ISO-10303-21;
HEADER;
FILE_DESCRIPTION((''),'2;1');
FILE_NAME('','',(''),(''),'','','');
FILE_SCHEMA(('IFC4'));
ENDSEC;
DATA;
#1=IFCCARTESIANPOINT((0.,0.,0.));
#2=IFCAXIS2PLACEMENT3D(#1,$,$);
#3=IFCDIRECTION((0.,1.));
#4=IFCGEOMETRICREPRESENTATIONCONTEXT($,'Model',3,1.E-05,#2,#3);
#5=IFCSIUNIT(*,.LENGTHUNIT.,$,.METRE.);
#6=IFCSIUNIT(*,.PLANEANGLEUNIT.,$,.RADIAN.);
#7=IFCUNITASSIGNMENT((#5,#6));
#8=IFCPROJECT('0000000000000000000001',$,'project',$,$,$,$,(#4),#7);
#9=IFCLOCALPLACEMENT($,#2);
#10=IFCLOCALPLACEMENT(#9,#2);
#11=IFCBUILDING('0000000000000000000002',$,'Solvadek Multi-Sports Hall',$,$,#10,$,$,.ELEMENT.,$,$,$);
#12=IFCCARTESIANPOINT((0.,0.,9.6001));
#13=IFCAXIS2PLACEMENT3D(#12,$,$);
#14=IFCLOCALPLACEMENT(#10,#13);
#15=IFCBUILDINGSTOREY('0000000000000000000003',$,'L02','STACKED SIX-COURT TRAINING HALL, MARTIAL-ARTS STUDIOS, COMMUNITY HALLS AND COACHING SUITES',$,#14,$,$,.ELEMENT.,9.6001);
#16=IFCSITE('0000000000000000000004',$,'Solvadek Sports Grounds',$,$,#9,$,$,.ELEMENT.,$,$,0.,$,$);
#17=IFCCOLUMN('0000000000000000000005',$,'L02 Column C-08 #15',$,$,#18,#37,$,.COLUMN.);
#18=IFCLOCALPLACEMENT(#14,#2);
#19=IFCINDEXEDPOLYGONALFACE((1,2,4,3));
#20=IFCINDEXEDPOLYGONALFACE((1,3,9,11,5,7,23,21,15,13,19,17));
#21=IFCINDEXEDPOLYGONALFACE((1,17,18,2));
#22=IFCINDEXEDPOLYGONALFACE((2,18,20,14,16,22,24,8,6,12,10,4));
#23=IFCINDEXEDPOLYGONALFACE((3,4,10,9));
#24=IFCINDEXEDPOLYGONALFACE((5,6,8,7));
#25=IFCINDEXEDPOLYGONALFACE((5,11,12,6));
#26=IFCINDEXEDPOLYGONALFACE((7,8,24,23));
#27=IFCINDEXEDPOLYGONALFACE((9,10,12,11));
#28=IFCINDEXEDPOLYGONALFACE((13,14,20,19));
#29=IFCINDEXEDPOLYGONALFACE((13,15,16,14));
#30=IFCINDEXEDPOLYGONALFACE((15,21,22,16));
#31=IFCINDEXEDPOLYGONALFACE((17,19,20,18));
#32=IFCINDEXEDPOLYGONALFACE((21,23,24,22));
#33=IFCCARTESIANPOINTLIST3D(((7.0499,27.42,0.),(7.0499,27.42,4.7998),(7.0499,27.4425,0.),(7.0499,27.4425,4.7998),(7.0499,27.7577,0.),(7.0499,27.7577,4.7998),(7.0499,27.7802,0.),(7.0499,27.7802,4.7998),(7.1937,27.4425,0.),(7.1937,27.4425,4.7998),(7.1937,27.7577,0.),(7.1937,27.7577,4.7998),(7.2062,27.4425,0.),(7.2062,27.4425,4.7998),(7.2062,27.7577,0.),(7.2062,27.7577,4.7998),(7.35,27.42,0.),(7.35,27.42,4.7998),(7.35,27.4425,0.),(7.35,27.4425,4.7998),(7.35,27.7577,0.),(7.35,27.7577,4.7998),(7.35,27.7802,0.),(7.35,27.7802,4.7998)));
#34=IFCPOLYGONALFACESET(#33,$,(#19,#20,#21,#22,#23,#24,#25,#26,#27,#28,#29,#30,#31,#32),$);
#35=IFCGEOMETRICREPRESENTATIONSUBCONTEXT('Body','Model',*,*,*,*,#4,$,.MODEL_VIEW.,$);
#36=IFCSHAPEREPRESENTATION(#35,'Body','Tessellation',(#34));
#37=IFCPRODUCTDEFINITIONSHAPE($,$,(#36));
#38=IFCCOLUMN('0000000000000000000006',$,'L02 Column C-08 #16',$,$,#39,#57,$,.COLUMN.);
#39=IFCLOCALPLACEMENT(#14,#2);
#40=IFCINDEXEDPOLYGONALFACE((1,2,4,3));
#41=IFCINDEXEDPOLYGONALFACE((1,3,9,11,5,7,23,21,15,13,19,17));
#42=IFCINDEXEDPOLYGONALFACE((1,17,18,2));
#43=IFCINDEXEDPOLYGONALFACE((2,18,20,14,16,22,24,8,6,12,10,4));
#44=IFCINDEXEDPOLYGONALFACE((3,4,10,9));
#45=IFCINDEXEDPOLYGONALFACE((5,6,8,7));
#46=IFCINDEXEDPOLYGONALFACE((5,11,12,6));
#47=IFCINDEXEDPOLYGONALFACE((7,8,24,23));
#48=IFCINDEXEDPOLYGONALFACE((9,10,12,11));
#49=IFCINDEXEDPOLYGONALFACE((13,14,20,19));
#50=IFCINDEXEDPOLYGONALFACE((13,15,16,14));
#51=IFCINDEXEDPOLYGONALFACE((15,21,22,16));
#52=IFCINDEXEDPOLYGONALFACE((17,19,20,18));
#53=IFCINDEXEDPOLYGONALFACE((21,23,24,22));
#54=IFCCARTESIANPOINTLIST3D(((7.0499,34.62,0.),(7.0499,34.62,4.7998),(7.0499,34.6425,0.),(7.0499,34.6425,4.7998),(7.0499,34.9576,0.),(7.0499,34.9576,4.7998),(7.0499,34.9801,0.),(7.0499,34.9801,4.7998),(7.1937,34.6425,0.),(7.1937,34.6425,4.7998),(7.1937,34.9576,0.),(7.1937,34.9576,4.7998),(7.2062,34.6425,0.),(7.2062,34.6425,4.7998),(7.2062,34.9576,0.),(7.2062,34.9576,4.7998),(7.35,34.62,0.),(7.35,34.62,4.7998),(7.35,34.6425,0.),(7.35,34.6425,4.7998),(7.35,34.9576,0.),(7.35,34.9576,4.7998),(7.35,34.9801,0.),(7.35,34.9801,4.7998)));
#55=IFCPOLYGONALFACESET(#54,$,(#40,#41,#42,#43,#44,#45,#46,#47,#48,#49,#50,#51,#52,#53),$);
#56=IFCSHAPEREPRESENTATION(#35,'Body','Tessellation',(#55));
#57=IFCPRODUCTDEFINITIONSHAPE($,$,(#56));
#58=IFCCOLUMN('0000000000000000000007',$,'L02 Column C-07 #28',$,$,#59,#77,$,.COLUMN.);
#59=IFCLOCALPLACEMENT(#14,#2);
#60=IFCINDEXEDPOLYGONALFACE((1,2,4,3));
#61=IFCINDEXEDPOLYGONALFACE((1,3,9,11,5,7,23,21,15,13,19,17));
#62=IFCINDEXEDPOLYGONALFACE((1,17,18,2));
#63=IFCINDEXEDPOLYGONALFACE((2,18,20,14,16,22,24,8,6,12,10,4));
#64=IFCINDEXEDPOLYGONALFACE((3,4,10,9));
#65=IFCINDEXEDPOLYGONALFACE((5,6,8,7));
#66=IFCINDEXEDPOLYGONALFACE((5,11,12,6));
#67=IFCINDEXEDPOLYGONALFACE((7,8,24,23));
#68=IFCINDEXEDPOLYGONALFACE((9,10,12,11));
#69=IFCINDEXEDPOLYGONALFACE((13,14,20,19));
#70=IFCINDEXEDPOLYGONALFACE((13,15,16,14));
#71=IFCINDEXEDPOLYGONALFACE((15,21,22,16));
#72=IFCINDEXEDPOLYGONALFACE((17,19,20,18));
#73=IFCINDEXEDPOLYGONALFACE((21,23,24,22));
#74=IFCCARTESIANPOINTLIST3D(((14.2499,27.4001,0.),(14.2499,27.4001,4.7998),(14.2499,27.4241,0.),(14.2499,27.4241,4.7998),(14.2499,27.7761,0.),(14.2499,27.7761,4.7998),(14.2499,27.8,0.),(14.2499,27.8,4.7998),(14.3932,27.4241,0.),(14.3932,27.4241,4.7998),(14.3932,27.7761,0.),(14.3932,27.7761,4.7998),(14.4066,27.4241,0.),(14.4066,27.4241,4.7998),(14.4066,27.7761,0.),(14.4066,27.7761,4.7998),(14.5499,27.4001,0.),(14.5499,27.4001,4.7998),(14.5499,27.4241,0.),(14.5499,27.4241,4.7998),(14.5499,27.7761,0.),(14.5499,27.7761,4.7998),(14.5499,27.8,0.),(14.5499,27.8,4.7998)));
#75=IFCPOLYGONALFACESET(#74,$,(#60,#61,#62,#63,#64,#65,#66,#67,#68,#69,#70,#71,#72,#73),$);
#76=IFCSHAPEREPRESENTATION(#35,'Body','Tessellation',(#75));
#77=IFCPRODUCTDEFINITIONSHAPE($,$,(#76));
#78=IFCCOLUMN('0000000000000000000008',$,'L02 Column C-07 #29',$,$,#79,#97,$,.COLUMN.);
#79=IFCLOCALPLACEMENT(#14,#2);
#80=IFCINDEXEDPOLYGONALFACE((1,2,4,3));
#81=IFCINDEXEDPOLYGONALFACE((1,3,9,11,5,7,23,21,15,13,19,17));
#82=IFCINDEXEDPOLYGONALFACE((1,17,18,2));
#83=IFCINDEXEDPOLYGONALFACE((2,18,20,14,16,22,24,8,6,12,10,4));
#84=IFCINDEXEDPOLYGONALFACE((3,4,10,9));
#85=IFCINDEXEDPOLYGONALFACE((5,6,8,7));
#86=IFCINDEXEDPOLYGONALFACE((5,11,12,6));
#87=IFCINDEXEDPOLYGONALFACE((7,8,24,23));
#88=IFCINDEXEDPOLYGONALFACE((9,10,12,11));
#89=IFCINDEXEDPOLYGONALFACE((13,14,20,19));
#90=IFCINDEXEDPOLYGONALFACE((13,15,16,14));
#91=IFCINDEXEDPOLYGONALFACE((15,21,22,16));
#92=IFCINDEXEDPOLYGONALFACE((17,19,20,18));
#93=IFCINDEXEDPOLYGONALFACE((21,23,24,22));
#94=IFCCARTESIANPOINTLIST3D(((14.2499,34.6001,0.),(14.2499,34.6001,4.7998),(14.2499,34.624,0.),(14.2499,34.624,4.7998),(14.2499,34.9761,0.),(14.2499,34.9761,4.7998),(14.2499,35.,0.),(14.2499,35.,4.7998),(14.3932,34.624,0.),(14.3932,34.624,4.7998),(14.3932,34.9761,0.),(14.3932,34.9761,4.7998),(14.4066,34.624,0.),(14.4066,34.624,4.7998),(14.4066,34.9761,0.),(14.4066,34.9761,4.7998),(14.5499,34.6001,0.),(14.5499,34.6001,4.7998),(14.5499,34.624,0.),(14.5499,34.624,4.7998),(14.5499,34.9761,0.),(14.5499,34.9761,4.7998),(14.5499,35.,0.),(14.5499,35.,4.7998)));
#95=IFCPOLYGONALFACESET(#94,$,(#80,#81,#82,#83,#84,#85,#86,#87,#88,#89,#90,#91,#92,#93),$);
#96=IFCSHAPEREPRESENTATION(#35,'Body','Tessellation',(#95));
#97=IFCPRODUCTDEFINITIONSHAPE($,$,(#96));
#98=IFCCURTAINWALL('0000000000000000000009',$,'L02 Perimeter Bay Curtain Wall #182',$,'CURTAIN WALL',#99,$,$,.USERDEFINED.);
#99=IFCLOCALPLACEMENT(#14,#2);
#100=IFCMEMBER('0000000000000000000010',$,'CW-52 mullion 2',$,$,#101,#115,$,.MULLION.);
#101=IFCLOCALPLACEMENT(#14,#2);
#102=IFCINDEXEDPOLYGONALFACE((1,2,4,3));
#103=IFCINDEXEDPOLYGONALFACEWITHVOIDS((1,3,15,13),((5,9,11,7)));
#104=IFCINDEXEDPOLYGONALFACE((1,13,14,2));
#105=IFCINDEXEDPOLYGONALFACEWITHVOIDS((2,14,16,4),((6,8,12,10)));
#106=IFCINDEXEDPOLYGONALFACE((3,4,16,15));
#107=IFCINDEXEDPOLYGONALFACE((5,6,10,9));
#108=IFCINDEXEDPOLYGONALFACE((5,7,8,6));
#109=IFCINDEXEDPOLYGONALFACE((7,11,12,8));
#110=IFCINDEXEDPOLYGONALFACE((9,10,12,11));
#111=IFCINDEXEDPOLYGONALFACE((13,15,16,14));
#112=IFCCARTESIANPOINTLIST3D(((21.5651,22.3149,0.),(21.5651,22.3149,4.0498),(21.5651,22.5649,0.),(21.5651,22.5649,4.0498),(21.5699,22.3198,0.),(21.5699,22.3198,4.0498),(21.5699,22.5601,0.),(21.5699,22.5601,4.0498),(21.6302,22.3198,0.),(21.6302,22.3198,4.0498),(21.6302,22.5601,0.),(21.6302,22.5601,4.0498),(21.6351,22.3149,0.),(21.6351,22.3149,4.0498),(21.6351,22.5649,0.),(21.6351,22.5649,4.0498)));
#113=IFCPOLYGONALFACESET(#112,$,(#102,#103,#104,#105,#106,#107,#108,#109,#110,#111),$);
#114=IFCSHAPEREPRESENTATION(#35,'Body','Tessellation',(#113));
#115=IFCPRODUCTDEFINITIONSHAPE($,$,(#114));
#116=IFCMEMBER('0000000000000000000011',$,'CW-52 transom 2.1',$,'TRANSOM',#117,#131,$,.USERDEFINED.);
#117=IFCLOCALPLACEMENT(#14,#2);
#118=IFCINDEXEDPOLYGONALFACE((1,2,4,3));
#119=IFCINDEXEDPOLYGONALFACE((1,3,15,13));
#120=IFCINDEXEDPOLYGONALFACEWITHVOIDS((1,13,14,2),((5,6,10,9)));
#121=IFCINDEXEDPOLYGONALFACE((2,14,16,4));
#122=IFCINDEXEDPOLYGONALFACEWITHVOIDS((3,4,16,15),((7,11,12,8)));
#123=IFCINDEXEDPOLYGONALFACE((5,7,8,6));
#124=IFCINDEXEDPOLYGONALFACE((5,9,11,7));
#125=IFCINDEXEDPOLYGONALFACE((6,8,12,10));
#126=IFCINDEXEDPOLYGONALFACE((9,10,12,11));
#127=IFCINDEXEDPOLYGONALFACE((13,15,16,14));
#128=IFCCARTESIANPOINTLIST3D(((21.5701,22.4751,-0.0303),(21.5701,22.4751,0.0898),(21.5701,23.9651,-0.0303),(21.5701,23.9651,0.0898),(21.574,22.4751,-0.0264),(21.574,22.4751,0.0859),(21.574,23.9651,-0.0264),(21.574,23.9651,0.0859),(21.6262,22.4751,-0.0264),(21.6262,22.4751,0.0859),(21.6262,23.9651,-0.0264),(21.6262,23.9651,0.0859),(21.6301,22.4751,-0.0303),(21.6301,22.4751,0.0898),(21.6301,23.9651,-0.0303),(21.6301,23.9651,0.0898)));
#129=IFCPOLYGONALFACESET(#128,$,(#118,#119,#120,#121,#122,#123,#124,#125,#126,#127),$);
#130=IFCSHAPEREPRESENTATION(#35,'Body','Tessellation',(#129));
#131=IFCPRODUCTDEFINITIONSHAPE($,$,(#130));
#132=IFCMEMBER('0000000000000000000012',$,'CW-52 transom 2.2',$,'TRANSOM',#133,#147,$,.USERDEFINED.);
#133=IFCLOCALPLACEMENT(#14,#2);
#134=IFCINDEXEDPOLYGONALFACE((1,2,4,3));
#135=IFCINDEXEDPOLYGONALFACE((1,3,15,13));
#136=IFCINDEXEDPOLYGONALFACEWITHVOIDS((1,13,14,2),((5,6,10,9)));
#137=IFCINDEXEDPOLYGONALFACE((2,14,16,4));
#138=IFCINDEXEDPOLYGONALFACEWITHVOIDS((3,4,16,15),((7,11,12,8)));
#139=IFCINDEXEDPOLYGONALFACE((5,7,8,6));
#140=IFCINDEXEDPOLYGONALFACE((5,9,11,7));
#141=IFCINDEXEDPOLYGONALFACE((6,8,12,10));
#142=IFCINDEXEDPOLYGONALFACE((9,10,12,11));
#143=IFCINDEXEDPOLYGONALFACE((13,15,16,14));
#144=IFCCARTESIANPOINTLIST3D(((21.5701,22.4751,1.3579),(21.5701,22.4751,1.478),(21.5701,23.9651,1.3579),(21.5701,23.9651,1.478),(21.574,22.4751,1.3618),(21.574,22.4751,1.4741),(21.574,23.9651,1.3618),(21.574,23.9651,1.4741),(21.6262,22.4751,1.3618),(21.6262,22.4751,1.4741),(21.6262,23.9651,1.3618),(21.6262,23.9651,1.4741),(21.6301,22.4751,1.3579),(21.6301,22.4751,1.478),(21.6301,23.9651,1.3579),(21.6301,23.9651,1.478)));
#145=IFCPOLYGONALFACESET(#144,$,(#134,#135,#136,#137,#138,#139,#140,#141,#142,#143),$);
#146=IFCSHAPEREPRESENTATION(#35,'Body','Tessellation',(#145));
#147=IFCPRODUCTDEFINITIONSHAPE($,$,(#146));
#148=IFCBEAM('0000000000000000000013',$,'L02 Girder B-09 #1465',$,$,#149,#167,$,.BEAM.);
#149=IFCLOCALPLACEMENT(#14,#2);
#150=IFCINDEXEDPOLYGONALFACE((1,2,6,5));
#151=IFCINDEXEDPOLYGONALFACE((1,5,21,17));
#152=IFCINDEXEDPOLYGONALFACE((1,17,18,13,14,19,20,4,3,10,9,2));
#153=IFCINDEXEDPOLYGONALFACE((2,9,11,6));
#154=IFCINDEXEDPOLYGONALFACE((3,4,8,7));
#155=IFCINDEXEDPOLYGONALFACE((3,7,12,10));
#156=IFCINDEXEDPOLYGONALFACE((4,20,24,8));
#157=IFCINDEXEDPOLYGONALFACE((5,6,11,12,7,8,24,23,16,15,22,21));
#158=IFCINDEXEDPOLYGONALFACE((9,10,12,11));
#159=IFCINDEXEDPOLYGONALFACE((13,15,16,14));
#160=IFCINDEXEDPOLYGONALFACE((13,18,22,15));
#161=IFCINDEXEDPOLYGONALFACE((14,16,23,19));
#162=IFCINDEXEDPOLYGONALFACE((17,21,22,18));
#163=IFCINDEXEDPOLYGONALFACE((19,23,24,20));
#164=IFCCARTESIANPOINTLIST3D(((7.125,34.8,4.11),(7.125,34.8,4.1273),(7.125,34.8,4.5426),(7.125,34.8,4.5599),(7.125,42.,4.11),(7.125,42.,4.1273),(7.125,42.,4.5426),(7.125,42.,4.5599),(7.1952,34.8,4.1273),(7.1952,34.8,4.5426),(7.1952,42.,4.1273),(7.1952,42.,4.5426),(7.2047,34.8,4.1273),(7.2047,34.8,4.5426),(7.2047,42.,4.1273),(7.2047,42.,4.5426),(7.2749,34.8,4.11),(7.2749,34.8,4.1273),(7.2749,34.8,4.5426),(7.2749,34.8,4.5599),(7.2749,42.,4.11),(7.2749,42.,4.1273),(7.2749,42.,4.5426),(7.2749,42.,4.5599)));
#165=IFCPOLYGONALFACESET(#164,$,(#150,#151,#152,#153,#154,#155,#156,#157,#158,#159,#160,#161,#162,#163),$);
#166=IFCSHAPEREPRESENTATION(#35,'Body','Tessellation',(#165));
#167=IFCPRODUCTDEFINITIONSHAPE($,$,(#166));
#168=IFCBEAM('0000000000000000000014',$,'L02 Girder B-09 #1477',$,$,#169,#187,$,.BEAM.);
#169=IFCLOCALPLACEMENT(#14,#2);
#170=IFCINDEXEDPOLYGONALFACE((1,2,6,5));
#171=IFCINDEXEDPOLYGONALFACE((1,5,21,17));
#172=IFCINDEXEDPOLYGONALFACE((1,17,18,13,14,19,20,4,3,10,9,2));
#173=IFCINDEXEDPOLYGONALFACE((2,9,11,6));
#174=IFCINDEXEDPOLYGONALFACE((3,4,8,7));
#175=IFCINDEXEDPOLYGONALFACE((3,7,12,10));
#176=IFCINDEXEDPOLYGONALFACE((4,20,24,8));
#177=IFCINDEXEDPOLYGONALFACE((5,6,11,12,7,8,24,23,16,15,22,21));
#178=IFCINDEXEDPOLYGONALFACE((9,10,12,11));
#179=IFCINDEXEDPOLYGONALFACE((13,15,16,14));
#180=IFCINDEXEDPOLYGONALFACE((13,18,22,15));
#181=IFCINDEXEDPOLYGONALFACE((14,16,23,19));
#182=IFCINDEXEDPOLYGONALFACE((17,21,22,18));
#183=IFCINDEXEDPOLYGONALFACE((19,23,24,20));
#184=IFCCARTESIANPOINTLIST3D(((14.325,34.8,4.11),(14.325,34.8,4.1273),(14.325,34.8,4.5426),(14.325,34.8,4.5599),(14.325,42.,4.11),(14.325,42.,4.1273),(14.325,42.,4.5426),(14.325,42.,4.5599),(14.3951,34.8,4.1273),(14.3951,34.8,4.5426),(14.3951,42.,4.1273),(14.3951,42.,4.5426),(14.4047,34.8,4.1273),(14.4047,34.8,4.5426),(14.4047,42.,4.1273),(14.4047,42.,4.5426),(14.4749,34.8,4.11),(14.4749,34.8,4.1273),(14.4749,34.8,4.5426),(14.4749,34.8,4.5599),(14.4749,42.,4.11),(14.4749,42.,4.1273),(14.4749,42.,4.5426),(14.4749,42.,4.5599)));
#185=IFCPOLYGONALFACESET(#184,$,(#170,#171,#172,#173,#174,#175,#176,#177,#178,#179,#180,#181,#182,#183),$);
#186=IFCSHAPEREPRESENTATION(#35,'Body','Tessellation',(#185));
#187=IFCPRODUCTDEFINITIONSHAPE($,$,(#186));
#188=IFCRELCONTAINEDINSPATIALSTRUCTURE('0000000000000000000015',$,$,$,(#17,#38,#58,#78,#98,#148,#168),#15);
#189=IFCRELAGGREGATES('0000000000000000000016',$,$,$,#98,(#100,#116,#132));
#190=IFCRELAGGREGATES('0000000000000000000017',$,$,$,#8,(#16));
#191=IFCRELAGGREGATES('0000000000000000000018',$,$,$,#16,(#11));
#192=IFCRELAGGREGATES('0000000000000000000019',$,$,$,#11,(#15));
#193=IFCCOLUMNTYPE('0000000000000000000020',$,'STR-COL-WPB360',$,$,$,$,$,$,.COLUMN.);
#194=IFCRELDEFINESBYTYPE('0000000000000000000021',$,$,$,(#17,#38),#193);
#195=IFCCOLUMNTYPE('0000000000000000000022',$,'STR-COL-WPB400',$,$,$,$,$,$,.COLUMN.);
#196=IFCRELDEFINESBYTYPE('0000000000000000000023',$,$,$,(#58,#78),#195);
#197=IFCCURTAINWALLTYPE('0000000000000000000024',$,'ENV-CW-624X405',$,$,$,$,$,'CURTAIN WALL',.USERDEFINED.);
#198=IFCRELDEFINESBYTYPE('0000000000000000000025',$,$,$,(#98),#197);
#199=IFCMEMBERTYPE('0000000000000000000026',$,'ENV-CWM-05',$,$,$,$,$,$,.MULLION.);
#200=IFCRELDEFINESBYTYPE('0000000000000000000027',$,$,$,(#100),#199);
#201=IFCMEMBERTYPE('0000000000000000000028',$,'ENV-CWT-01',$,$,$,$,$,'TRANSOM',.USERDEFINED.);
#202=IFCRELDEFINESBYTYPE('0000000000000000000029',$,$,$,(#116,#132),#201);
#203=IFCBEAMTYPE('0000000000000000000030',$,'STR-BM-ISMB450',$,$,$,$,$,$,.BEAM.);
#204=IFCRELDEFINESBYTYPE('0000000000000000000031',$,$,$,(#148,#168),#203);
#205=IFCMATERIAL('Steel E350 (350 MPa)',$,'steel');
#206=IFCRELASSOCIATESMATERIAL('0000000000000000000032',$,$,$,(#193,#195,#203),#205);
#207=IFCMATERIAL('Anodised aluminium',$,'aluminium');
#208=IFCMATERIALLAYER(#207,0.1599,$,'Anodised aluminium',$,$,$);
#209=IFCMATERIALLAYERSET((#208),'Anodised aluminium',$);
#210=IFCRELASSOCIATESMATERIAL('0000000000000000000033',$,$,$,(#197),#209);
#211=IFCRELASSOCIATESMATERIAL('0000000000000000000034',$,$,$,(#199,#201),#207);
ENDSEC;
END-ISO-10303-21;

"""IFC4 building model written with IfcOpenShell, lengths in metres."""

from ifc_helpers import new_model, si_unit, direction, frame, origin, origin_2d, place, context, subcontext, project, spatial, hollow_rectangle, i_section, extrude, material, layer, layer_set, material_profile, profile_set, type_object, element, aggregate, save


model = new_model("IFC4")

# Units and contexts
model_context = context("Model", 3, precision=1e-05, world=origin(), true_north=direction((0.0, 1.0)))
body_context = subcontext(model_context, "Body", "Model", "MODEL_VIEW")
ifc_project = project(units=[si_unit("LENGTHUNIT", "METRE"), si_unit("PLANEANGLEUNIT", "RADIAN")], contexts=[model_context])

# Site, building, storey
site_placement = place(None, origin())
site = spatial("IfcSite", under=ifc_project, at=site_placement, Name="Solvadek Sports Grounds", CompositionType="ELEMENT", RefElevation=0.0)
building_placement = place(site_placement, origin())
building = spatial("IfcBuilding", under=site, at=building_placement, Name="Solvadek Multi-Sports Hall", CompositionType="ELEMENT")
storey_placement = place(building_placement, frame((0.0, 0.0, 9.6001)))
storey = spatial("IfcBuildingStorey", under=building, at=storey_placement, Name="L02", Description="STACKED SIX-COURT TRAINING HALL, MARTIAL-ARTS STUDIOS, COMMUNITY HALLS AND COACHING SUITES", CompositionType="ELEMENT", Elevation=9.6001)

# Columns
ifc_material_1 = material(Name="Steel E350 (350 MPa)", Category="steel")
ifc_material_profile_1 = material_profile(ifc_material_1, i_section(OverallWidth=0.3, OverallDepth=0.3601, WebThickness=0.0125, FlangeThickness=0.0225, at=origin_2d()), Name="WPB 360")
ifc_profile_set_1 = profile_set([ifc_material_profile_1], Name="Steel E350 (350 MPa)")
column_type_1 = type_object("IfcColumnType", Name="STR-COL-WPB360", PredefinedType="COLUMN", material=ifc_profile_set_1)
for number, where, z_axis, x_axis, name in (
    (1, (7.2, 27.6001, 0.0), (0.0, 0.0, 1.0), (1.0, 0.0, 0.0), "L02 Column C-08 #15"),
    (2, (7.2, 34.8, 0.0), (0.0, 0.0, 1.0), (1.0, 0.0, 0.0), "L02 Column C-08 #16"),
):
    element("IfcColumn", number, at=place(storey_placement, frame(where, z_axis=z_axis, x_axis=x_axis)), inside=storey, type_object=column_type_1, Name=name, PredefinedType="COLUMN", context=body_context, shape_type="SweptSolid", body=[
        extrude(i_section(OverallWidth=0.3, OverallDepth=0.3601, WebThickness=0.0125, FlangeThickness=0.0225, at=origin_2d()), origin(), (0.0, 0.0, 1.0), 4.7998),
    ])
ifc_material_profile_2 = material_profile(ifc_material_1, i_section(OverallWidth=0.3, OverallDepth=0.3999, WebThickness=0.0134, FlangeThickness=0.0239, at=origin_2d()), Name="WPB 400")
ifc_profile_set_2 = profile_set([ifc_material_profile_2], Name="Steel E350 (350 MPa)")
column_type_2 = type_object("IfcColumnType", Name="STR-COL-WPB400", PredefinedType="COLUMN", material=ifc_profile_set_2)
for number, where, z_axis, x_axis, name in (
    (3, (14.3999, 27.6001, 0.0), (0.0, 0.0, 1.0), (1.0, 0.0, 0.0), "L02 Column C-07 #28"),
    (4, (14.3999, 34.8, 0.0), (0.0, 0.0, 1.0), (1.0, 0.0, 0.0), "L02 Column C-07 #29"),
):
    element("IfcColumn", number, at=place(storey_placement, frame(where, z_axis=z_axis, x_axis=x_axis)), inside=storey, type_object=column_type_2, Name=name, PredefinedType="COLUMN", context=body_context, shape_type="SweptSolid", body=[
        extrude(i_section(OverallWidth=0.3, OverallDepth=0.3999, WebThickness=0.0134, FlangeThickness=0.0239, at=origin_2d()), origin(), (0.0, 0.0, 1.0), 4.7998),
    ])

# Curtain wall, members
ifc_material_2 = material(Name="Anodised aluminium", Category="aluminium")
ifc_layer_1 = layer(ifc_material_2, 0.1599, Name="Anodised aluminium")
ifc_layer_set_1 = layer_set([ifc_layer_1], Name="Anodised aluminium")
curtain_wall_type = type_object("IfcCurtainWallType", Name="ENV-CW-624X405", ElementType="CURTAIN WALL", PredefinedType="USERDEFINED", material=ifc_layer_set_1)
curtain_wall_placement = place(storey_placement, origin())
curtain_wall = element("IfcCurtainWall", 5, at=curtain_wall_placement, inside=storey, type_object=curtain_wall_type, Name="L02 Perimeter Bay Curtain Wall #182", ObjectType="CURTAIN WALL", PredefinedType="USERDEFINED")
ifc_material_profile_3 = material_profile(ifc_material_2, hollow_rectangle(XDim=0.0701, YDim=0.25, WallThickness=0.0049, at=origin_2d()), Name="ALU-M 250x70x5")
ifc_profile_set_3 = profile_set([ifc_material_profile_3], Name="Anodised aluminium")
member_type_1 = type_object("IfcMemberType", Name="ENV-CWM-05", PredefinedType="MULLION", material=ifc_profile_set_3)
member_1_placement = place(storey_placement, frame((21.6001, 22.4399, 0.0), z_axis=(0.0, 0.0, 1.0), x_axis=(-1.0, 0.0, 0.0)))
member_1 = element("IfcMember", 6, at=member_1_placement, type_object=member_type_1, Name="CW-52 mullion 2", PredefinedType="MULLION", context=body_context, shape_type="SweptSolid", body=[
    extrude(hollow_rectangle(XDim=0.0701, YDim=0.25, WallThickness=0.0049, at=origin_2d()), origin(), (0.0, 0.0, 1.0), 4.0498),
])
ifc_material_profile_4 = material_profile(ifc_material_2, hollow_rectangle(XDim=0.0601, YDim=0.1201, WallThickness=0.0039, at=origin_2d()), Name="ALU-T 120x60x4")
ifc_profile_set_4 = profile_set([ifc_material_profile_4], Name="Anodised aluminium")
member_type_2 = type_object("IfcMemberType", Name="ENV-CWT-01", ElementType="TRANSOM", PredefinedType="USERDEFINED", material=ifc_profile_set_4)
member_2_placement = place(storey_placement, frame((21.6001, 22.4751, 0.0298), z_axis=(0.0, 1.0, 0.0), x_axis=(-1.0, 0.0, 0.0)))
member_2 = element("IfcMember", 7, at=member_2_placement, type_object=member_type_2, Name="CW-52 transom 2.1", ObjectType="TRANSOM", PredefinedType="USERDEFINED", context=body_context, shape_type="SweptSolid", body=[
    extrude(hollow_rectangle(XDim=0.0601, YDim=0.1201, WallThickness=0.0039, at=origin_2d()), origin(), (0.0, 0.0, 1.0), 1.49),
])
member_3_placement = place(storey_placement, frame((21.6001, 22.4751, 1.418), z_axis=(0.0, 1.0, 0.0), x_axis=(-1.0, 0.0, 0.0)))
member_3 = element("IfcMember", 8, at=member_3_placement, type_object=member_type_2, Name="CW-52 transom 2.2", ObjectType="TRANSOM", PredefinedType="USERDEFINED", context=body_context, shape_type="SweptSolid", body=[
    extrude(hollow_rectangle(XDim=0.0601, YDim=0.1201, WallThickness=0.0039, at=origin_2d()), origin(), (0.0, 0.0, 1.0), 1.49),
])
aggregate(curtain_wall, [member_1, member_2, member_3])

# Beams
ifc_material_profile_5 = material_profile(ifc_material_1, i_section(OverallWidth=0.1499, OverallDepth=0.45, WebThickness=0.0095, FlangeThickness=0.0173, at=origin_2d()), Name="ISMB 450")
ifc_profile_set_5 = profile_set([ifc_material_profile_5], Name="Steel E350 (350 MPa)")
beam_type_1 = type_object("IfcBeamType", Name="STR-BM-ISMB450", PredefinedType="BEAM", material=ifc_profile_set_5)
for number, where, z_axis, x_axis, name in (
    (9, (7.2, 34.8, 4.335), (0.0, 1.0, 0.0), (-1.0, 0.0, 0.0), "L02 Girder B-09 #1465"),
    (10, (14.3999, 34.8, 4.335), (0.0, 1.0, 0.0), (-1.0, 0.0, 0.0), "L02 Girder B-09 #1477"),
):
    element("IfcBeam", number, at=place(storey_placement, frame(where, z_axis=z_axis, x_axis=x_axis)), inside=storey, type_object=beam_type_1, Name=name, PredefinedType="BEAM", context=body_context, shape_type="SweptSolid", body=[
        extrude(i_section(OverallWidth=0.1499, OverallDepth=0.45, WebThickness=0.0095, FlangeThickness=0.0173, at=origin_2d()), origin(), (0.0, 0.0, 1.0), 7.2),
    ])

save(model, "model.ifc")
